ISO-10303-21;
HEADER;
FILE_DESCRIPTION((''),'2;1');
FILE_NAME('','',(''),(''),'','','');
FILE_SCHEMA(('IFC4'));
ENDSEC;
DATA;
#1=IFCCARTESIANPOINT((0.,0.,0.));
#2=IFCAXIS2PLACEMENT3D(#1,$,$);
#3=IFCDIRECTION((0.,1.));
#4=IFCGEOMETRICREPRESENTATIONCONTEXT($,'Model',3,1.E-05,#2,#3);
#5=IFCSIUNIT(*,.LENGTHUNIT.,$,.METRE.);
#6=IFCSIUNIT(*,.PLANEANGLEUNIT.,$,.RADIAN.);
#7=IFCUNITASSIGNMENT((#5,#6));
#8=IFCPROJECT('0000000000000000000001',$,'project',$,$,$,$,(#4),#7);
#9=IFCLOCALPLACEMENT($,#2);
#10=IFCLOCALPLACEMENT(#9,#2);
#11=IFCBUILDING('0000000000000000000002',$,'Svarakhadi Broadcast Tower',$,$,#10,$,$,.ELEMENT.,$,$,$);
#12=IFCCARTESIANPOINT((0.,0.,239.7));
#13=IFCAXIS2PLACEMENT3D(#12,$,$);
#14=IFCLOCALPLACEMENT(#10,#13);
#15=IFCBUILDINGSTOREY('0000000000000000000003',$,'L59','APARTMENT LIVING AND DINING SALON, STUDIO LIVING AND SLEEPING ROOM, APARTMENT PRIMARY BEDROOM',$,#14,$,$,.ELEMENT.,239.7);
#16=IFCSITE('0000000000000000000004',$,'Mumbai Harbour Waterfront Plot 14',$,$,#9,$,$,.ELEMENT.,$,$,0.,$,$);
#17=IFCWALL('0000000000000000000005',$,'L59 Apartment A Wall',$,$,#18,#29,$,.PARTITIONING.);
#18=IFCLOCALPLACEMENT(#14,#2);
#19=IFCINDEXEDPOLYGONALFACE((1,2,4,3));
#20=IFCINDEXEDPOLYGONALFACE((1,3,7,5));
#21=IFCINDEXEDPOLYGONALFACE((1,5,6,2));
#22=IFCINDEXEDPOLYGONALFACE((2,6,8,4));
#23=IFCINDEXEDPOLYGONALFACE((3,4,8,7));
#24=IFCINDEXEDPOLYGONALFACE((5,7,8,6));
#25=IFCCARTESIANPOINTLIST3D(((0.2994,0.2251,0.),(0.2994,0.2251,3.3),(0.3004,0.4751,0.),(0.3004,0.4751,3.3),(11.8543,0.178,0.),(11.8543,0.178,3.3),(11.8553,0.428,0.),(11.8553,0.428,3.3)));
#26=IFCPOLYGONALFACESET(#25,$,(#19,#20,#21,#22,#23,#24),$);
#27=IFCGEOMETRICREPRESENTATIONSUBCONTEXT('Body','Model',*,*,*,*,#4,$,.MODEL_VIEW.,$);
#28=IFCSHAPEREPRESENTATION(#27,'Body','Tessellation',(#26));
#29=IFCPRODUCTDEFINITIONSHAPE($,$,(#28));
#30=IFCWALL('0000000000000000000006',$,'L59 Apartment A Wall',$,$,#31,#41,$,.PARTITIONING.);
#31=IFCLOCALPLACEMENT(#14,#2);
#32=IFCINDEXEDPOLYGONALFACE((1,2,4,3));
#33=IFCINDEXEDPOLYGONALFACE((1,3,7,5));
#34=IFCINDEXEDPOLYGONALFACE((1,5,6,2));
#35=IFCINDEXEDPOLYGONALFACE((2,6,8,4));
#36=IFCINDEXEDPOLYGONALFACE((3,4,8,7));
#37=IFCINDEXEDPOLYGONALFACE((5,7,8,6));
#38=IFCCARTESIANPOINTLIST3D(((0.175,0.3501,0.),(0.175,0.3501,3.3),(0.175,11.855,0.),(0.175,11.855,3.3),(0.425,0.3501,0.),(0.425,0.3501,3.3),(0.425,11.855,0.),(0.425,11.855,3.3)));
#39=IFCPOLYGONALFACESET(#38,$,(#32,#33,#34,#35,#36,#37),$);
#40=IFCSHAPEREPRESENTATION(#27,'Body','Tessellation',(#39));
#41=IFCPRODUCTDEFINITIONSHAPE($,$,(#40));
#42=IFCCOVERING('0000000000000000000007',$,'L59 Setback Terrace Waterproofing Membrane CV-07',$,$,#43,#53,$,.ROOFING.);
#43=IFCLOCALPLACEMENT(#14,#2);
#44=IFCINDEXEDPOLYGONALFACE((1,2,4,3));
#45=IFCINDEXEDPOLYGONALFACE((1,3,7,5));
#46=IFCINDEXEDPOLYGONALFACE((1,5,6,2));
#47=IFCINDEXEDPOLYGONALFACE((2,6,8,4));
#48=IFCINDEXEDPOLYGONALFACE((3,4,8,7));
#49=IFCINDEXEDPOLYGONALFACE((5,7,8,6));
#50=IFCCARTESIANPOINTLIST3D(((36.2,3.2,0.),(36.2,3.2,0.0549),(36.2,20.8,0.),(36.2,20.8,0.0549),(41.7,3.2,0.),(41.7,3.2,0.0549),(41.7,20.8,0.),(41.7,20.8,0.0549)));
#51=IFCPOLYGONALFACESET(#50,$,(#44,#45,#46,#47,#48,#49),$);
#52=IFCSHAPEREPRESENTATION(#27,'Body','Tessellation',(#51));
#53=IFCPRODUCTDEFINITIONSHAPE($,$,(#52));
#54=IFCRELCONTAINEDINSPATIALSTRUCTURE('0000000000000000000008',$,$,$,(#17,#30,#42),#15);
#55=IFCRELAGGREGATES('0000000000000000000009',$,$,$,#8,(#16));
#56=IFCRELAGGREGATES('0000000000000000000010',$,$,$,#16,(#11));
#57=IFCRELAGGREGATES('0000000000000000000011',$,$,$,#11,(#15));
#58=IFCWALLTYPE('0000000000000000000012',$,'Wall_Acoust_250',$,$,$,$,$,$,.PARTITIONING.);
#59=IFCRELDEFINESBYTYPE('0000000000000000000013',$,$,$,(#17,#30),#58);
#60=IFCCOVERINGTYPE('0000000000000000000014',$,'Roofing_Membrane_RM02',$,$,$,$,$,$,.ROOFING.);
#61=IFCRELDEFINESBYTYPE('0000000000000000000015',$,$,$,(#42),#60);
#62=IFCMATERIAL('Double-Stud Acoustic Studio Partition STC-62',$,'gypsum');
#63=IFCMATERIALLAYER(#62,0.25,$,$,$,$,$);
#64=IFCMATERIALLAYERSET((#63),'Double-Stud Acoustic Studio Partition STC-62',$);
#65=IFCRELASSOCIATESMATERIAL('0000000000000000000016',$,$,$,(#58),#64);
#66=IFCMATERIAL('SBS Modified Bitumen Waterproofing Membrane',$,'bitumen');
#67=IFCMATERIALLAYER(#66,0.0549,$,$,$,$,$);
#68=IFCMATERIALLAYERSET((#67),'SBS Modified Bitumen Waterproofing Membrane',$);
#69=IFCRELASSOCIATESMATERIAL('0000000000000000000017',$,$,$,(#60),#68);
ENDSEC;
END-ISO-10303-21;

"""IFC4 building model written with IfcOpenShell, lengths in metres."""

from ifc_helpers import new_model, si_unit, direction, frame, frame_2d, origin, place, context, subcontext, project, spatial, polyline, rectangle, outline, extrude, material, layer, layer_set, type_object, element, save


model = new_model("IFC4")

# Units and contexts
model_context = context("Model", 3, precision=1e-05, world=origin(), true_north=direction((0.0, 1.0)))
body_context = subcontext(model_context, "Body", "Model", "MODEL_VIEW")
ifc_project = project(units=[si_unit("LENGTHUNIT", "METRE"), si_unit("PLANEANGLEUNIT", "RADIAN")], contexts=[model_context])

# Site, building, storey
site_placement = place(None, origin())
site = spatial("IfcSite", under=ifc_project, at=site_placement, Name="Mumbai Harbour Waterfront Plot 14", CompositionType="ELEMENT", RefElevation=0.0)
building_placement = place(site_placement, origin())
building = spatial("IfcBuilding", under=site, at=building_placement, Name="Svarakhadi Broadcast Tower", CompositionType="ELEMENT")
storey_placement = place(building_placement, frame((0.0, 0.0, 239.7)))
storey = spatial("IfcBuildingStorey", under=building, at=storey_placement, Name="L59", Description="APARTMENT LIVING AND DINING SALON, STUDIO LIVING AND SLEEPING ROOM, APARTMENT PRIMARY BEDROOM", CompositionType="ELEMENT", Elevation=239.7)

# Walls
ifc_material_1 = material(Name="Double-Stud Acoustic Studio Partition STC-62", Category="gypsum")
ifc_layer_1 = layer(ifc_material_1, 0.25)
ifc_layer_set_1 = layer_set([ifc_layer_1], Name="Double-Stud Acoustic Studio Partition STC-62")
wall_type = type_object("IfcWallType", Name="Wall_Acoust_250", PredefinedType="PARTITIONING", material=ifc_layer_set_1)
wall_1_placement = place(storey_placement, frame((0.3, 0.3501, 0.0), z_axis=(0.0, 0.0, 1.0), x_axis=(0.999992, -0.004078, 0.0)))
element("IfcWall", 1, at=wall_1_placement, inside=storey, type_object=wall_type, Name="L59 Apartment A Wall", PredefinedType="PARTITIONING", context=body_context, shape_type="SweptSolid", body=[
    extrude(rectangle(XDim=11.5549, YDim=0.25, at=frame_2d((5.7773, 0.0))), origin(), (0.0, 0.0, 1.0), 3.3),
])
wall_2_placement = place(storey_placement, frame((0.3, 0.3501, 0.0), z_axis=(0.0, 0.0, 1.0), x_axis=(0.0, 1.0, 0.0)))
element("IfcWall", 2, at=wall_2_placement, inside=storey, type_object=wall_type, Name="L59 Apartment A Wall", PredefinedType="PARTITIONING", context=body_context, shape_type="SweptSolid", body=[
    extrude(rectangle(XDim=11.5049, YDim=0.25, at=frame_2d((5.7524, 0.0))), origin(), (0.0, 0.0, 1.0), 3.3),
])

# Covering
ifc_material_2 = material(Name="SBS Modified Bitumen Waterproofing Membrane", Category="bitumen")
ifc_layer_2 = layer(ifc_material_2, 0.0549)
ifc_layer_set_2 = layer_set([ifc_layer_2], Name="SBS Modified Bitumen Waterproofing Membrane")
covering_type = type_object("IfcCoveringType", Name="Roofing_Membrane_RM02", PredefinedType="ROOFING", material=ifc_layer_set_2)
covering_placement = place(storey_placement, origin())
element("IfcCovering", 3, at=covering_placement, inside=storey, type_object=covering_type, Name="L59 Setback Terrace Waterproofing Membrane CV-07", PredefinedType="ROOFING", context=body_context, shape_type="SweptSolid", body=[
    extrude(outline(polyline([(36.2, 3.2), (41.7, 3.2), (41.7, 20.8), (36.2, 20.8), (36.2, 3.2)])), origin(), (0.0, 0.0, 1.0), 0.0549),
])

save(model, "model.ifc")
